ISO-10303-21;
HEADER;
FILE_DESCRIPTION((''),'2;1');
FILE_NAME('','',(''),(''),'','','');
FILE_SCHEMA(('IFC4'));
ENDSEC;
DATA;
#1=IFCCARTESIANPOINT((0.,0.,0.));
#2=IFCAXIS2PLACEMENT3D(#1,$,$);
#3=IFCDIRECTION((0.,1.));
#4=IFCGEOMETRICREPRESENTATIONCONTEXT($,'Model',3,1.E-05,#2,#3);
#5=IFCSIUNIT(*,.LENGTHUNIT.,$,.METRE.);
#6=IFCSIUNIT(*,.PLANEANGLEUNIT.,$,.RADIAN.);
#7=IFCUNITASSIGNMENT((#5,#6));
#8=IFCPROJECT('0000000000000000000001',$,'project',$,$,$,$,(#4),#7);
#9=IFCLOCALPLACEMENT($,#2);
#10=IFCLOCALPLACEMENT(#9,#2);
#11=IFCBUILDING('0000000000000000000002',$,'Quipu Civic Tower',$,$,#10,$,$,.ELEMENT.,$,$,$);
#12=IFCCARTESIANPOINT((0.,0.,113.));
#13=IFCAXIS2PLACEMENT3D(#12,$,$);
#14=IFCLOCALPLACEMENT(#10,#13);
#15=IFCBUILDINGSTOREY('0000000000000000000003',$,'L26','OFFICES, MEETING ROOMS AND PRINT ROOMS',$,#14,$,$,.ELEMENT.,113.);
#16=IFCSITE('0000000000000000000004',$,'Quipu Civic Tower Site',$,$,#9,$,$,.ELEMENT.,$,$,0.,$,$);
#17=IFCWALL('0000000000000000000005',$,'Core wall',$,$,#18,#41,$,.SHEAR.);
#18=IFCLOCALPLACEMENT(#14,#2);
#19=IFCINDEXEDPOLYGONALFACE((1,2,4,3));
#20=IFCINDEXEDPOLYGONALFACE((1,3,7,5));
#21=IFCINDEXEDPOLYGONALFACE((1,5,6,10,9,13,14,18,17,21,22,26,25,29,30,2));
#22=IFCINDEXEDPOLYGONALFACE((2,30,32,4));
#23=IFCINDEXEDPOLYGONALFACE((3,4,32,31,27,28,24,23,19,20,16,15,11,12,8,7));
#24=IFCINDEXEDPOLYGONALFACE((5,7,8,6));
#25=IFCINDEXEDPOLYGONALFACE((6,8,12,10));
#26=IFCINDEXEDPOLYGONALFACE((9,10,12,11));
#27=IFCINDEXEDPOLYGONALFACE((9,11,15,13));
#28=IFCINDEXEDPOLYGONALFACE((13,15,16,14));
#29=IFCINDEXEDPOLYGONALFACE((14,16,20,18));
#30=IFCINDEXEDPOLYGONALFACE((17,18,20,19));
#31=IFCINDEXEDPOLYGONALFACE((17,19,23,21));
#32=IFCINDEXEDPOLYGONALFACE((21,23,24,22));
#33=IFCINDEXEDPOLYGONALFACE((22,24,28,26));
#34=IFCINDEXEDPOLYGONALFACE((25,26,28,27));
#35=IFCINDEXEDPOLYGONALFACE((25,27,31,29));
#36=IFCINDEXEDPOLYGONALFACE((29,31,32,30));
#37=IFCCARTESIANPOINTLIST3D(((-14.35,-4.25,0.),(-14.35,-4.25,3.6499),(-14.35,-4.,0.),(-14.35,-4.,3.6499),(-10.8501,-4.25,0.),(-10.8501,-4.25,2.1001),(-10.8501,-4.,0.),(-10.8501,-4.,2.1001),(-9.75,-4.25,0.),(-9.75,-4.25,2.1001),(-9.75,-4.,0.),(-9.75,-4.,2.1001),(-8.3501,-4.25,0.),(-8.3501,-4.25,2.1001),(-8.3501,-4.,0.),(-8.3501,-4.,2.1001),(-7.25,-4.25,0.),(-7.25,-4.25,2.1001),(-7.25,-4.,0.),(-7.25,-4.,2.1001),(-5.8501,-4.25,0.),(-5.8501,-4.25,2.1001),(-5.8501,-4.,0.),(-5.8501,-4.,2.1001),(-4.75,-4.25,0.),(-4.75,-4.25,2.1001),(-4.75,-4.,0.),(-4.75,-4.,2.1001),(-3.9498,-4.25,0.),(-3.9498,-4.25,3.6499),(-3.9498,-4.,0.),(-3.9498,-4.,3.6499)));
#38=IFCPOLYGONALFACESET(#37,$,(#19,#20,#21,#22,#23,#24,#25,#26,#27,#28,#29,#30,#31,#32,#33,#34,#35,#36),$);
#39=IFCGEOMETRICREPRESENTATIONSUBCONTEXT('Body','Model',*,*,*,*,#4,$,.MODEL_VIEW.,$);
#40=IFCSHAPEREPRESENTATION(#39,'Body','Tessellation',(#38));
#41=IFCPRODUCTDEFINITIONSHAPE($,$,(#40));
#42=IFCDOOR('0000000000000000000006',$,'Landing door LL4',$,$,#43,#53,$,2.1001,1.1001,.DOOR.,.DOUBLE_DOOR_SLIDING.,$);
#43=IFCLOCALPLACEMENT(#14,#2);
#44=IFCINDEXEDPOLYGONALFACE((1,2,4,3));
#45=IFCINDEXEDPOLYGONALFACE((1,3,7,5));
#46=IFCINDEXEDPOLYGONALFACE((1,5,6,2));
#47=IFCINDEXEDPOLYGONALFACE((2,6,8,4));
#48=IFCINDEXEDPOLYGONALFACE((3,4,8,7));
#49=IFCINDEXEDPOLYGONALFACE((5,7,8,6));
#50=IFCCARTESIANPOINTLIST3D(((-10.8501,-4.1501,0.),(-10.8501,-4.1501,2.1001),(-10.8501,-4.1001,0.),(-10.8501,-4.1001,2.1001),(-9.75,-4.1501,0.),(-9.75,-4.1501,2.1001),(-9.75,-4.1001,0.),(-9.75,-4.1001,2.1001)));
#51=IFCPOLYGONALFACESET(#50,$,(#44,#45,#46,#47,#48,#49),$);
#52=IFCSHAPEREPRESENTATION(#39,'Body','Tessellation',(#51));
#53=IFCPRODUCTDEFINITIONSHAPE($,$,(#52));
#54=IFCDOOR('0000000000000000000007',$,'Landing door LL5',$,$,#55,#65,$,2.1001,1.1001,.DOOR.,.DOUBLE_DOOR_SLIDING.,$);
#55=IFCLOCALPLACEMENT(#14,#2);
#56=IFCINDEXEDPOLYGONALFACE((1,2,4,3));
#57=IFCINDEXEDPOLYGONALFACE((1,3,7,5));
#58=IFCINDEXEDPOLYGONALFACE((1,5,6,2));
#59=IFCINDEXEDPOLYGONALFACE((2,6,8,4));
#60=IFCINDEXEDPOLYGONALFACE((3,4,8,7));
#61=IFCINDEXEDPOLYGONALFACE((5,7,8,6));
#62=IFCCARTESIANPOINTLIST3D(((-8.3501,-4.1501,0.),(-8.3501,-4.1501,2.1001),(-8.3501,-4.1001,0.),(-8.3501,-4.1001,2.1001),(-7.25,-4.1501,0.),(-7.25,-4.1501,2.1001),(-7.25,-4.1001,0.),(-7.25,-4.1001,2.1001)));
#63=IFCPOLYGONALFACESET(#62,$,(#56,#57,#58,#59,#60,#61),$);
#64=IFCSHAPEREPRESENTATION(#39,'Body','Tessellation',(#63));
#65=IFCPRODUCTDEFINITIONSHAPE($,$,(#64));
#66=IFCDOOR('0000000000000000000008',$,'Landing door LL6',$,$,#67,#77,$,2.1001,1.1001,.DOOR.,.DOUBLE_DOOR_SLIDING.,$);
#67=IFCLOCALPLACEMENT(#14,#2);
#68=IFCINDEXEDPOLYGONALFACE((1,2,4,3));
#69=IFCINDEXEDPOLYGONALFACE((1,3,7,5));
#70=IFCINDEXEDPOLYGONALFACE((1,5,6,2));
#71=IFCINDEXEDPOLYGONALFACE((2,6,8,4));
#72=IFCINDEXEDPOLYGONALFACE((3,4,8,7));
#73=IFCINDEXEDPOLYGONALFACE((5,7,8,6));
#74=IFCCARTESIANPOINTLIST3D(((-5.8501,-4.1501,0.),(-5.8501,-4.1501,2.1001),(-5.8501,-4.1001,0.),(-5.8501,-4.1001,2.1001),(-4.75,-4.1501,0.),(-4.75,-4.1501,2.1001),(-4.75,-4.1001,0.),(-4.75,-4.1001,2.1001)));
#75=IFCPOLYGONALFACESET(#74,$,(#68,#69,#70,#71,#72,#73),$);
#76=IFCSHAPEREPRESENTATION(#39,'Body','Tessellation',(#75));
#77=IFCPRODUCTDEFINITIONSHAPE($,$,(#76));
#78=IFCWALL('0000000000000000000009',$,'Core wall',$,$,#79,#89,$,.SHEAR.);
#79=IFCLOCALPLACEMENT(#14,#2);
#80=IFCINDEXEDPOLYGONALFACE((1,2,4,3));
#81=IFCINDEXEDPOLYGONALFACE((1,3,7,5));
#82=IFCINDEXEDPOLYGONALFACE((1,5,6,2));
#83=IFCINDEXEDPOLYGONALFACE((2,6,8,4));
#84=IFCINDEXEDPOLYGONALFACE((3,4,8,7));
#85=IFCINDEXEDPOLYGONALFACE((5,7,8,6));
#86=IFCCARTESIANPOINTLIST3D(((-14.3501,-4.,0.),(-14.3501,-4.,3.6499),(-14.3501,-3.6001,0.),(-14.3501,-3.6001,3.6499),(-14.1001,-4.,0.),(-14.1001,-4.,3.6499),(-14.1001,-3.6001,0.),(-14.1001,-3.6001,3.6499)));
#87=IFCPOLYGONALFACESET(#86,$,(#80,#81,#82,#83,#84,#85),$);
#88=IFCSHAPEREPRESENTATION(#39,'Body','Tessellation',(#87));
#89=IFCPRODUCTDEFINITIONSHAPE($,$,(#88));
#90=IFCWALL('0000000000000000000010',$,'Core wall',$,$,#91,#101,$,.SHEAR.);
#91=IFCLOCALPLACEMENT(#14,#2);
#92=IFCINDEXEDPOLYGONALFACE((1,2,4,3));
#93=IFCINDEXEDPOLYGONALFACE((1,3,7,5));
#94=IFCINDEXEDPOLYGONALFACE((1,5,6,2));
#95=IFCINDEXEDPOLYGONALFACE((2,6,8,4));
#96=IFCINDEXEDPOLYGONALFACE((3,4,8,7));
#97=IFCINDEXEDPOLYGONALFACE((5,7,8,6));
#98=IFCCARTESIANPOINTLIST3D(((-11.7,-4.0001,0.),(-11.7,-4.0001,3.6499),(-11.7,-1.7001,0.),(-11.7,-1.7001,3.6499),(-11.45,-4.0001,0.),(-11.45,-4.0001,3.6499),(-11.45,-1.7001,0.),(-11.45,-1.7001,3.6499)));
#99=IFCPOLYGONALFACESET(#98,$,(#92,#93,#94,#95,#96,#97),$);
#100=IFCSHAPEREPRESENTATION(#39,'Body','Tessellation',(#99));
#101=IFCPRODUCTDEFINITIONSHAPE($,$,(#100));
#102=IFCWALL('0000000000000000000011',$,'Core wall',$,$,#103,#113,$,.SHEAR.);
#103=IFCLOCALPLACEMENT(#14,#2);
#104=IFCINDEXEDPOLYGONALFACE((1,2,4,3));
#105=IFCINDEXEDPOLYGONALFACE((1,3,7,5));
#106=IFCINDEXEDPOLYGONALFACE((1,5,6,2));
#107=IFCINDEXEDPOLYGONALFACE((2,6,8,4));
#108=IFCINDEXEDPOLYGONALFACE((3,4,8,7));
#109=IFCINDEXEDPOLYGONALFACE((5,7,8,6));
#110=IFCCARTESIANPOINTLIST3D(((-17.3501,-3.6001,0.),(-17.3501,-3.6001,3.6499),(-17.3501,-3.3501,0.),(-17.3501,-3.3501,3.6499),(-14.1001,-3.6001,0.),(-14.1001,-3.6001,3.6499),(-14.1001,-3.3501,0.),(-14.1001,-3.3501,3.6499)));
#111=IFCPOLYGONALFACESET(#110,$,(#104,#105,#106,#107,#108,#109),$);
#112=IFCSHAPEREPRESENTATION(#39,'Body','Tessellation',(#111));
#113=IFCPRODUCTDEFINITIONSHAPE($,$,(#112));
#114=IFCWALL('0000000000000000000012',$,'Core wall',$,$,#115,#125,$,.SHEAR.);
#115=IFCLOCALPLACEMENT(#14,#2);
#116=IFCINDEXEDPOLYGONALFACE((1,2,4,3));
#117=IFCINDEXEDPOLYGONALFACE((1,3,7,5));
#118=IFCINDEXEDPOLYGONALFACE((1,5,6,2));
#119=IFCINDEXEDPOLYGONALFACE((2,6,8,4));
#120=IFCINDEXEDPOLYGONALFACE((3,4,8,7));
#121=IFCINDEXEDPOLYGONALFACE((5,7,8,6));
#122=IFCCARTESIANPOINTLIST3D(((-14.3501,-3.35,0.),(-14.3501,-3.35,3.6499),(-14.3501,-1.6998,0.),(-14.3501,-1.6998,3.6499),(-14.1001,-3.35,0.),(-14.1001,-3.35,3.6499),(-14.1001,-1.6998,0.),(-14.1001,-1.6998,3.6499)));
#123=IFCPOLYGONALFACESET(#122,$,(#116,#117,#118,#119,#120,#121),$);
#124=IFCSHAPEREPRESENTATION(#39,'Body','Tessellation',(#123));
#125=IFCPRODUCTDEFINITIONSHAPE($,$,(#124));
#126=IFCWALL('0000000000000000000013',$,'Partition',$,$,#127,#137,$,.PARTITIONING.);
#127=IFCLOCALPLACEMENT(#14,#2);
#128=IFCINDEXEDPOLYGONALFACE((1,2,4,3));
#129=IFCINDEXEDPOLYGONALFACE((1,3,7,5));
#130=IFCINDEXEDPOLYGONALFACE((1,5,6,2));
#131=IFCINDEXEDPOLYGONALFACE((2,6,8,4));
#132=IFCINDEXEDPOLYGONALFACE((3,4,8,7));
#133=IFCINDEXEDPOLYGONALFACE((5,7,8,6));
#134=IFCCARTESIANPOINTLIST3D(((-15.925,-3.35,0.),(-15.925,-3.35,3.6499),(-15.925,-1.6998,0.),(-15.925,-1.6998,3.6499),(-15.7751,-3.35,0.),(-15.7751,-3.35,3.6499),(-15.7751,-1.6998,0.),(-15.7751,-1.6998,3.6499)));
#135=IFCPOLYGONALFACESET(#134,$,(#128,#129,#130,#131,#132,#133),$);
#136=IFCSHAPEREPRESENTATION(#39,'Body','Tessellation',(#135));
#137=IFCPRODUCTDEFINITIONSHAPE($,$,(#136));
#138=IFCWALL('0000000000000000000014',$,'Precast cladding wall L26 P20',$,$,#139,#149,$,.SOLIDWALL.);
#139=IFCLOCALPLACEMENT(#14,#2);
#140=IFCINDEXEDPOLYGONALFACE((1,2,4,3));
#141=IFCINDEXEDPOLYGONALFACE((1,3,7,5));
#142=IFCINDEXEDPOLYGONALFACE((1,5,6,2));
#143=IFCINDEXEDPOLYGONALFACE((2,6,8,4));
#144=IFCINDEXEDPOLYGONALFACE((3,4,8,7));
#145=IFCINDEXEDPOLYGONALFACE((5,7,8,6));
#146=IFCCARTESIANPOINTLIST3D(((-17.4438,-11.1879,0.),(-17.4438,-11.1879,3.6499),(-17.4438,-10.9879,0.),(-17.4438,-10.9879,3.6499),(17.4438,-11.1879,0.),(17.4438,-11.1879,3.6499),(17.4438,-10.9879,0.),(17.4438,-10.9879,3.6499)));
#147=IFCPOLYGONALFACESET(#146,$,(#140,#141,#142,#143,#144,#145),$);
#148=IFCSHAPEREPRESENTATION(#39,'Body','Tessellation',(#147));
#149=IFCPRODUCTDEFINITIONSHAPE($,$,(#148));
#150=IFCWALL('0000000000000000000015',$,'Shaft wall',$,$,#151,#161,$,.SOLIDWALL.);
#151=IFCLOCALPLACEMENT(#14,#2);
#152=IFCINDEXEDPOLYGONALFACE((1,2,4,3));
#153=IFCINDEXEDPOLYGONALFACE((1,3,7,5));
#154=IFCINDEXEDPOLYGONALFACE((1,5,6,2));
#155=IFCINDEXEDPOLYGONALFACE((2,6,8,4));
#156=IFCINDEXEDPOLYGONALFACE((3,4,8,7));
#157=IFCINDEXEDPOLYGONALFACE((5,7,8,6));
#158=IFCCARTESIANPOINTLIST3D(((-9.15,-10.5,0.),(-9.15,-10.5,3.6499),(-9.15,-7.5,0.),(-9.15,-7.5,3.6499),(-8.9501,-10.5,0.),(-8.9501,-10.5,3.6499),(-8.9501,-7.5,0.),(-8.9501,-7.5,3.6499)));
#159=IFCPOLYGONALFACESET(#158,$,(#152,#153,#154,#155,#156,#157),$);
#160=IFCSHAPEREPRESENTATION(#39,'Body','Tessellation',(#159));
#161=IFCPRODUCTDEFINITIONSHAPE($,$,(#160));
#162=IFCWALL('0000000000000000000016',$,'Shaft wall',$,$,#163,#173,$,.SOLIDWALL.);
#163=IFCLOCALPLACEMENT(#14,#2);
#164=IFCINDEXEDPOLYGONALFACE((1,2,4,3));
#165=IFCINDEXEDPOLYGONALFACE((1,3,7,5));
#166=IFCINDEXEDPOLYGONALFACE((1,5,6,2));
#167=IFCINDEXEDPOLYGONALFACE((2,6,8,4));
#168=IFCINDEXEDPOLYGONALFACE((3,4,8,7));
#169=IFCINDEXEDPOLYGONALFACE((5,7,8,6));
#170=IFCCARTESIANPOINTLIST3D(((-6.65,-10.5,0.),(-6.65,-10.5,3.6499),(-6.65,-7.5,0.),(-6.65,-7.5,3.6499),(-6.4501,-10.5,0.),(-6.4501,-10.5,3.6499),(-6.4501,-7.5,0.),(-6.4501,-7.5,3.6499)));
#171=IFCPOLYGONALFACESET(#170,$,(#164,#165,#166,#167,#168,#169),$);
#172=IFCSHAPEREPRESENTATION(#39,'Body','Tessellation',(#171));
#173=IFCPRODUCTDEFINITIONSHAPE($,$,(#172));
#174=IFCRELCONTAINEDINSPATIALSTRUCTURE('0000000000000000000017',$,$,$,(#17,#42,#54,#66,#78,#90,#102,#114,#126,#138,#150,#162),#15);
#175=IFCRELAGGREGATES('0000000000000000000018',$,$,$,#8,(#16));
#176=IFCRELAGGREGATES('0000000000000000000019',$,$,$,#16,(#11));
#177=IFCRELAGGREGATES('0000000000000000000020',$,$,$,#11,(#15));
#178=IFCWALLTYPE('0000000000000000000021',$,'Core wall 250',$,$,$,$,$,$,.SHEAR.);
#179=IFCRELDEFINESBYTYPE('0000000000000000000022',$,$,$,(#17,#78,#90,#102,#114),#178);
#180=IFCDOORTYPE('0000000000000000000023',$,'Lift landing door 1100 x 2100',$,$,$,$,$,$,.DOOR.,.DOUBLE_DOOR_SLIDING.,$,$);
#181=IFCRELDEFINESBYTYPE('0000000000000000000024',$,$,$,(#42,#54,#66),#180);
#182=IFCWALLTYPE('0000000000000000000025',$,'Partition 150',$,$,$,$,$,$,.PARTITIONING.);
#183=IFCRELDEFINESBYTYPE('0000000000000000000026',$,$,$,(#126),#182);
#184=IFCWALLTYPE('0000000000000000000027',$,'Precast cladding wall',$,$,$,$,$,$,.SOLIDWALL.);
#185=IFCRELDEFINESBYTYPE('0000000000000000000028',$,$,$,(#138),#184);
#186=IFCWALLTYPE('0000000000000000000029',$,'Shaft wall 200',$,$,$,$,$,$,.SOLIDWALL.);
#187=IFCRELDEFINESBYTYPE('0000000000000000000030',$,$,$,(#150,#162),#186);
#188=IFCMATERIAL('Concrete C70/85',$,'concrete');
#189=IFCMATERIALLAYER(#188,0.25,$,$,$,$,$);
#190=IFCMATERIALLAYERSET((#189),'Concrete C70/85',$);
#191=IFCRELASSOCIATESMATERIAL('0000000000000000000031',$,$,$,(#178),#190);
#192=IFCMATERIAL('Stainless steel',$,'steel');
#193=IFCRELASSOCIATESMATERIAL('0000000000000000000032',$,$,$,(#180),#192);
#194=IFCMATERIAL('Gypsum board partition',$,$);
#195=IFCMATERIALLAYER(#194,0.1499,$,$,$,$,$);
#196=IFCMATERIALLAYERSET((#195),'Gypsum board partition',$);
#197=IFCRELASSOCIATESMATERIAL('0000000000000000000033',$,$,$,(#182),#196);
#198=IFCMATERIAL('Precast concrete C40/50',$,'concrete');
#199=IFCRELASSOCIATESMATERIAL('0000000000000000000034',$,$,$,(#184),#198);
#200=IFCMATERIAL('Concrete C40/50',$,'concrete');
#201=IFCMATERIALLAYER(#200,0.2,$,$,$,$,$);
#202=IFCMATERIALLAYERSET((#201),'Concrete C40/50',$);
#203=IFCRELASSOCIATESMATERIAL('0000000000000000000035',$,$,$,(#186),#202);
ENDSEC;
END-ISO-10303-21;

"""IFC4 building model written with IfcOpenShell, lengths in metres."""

from ifc_helpers import new_model, si_unit, direction, frame, frame_2d, origin, place, context, subcontext, project, spatial, rectangle, extrude, material, layer, layer_set, type_object, element, fill, save


model = new_model("IFC4")

# Units and contexts
model_context = context("Model", 3, precision=1e-05, world=origin(), true_north=direction((0.0, 1.0)))
body_context = subcontext(model_context, "Body", "Model", "MODEL_VIEW")
ifc_project = project(units=[si_unit("LENGTHUNIT", "METRE"), si_unit("PLANEANGLEUNIT", "RADIAN")], contexts=[model_context])

# Site, building, storey
site_placement = place(None, origin())
site = spatial("IfcSite", under=ifc_project, at=site_placement, Name="Quipu Civic Tower Site", CompositionType="ELEMENT", RefElevation=0.0)
building_placement = place(site_placement, origin())
building = spatial("IfcBuilding", under=site, at=building_placement, Name="Quipu Civic Tower", CompositionType="ELEMENT")
storey_placement = place(building_placement, frame((0.0, 0.0, 113.0)))
storey = spatial("IfcBuildingStorey", under=building, at=storey_placement, Name="L26", Description="OFFICES, MEETING ROOMS AND PRINT ROOMS", CompositionType="ELEMENT", Elevation=113.0)

# Shared definitions
ifc_material_1 = material(Name="Concrete C70/85", Category="concrete")
ifc_layer_1 = layer(ifc_material_1, 0.25)
ifc_layer_set_1 = layer_set([ifc_layer_1], Name="Concrete C70/85")
wall_type_1 = type_object("IfcWallType", Name="Core wall 250", PredefinedType="SHEAR", material=ifc_layer_set_1)

# Wall, openings, doors
wall_1_placement = place(storey_placement, frame((-14.3501, -4.125, 0.0), z_axis=(0.0, 0.0, 1.0), x_axis=(1.0, 0.0, 0.0)))
wall_1 = element("IfcWall", 1, at=wall_1_placement, inside=storey, type_object=wall_type_1, Name="Core wall", PredefinedType="SHEAR", context=body_context, shape_type="SweptSolid", body=[
    extrude(rectangle(XDim=10.4001, YDim=0.25, at=frame_2d((5.2002, 0.0))), origin(), (0.0, 0.0, 1.0), 3.6499),
])
opening_1_placement = place(wall_1_placement, frame((3.5, 0.0, 0.0)))
opening_1 = element("IfcOpeningElement", 2, at=opening_1_placement, cuts=wall_1, PredefinedType="OPENING", context=body_context, shape_type="SweptSolid", body=[
    extrude(rectangle(XDim=1.1001, YDim=2.1001, at=frame_2d((0.55, 1.05))), frame((0.0, 0.135, 0.0), z_axis=(0.0, -1.0, 0.0), x_axis=(1.0, 0.0, 0.0)), (0.0, 0.0, 1.0), 0.27),
])
opening_2_placement = place(wall_1_placement, frame((6.0, 0.0, 0.0)))
opening_2 = element("IfcOpeningElement", 3, at=opening_2_placement, cuts=wall_1, PredefinedType="OPENING", context=body_context, shape_type="SweptSolid", body=[
    extrude(rectangle(XDim=1.1001, YDim=2.1001, at=frame_2d((0.55, 1.05))), frame((0.0, 0.135, 0.0), z_axis=(0.0, -1.0, 0.0), x_axis=(1.0, 0.0, 0.0)), (0.0, 0.0, 1.0), 0.27),
])
opening_3_placement = place(wall_1_placement, frame((8.5, 0.0, 0.0)))
opening_3 = element("IfcOpeningElement", 4, at=opening_3_placement, cuts=wall_1, PredefinedType="OPENING", context=body_context, shape_type="SweptSolid", body=[
    extrude(rectangle(XDim=1.1001, YDim=2.1001, at=frame_2d((0.55, 1.05))), frame((0.0, 0.135, 0.0), z_axis=(0.0, -1.0, 0.0), x_axis=(1.0, 0.0, 0.0)), (0.0, 0.0, 1.0), 0.27),
])
ifc_material_2 = material(Name="Stainless steel", Category="steel")
door_type_1 = type_object("IfcDoorType", Name="Lift landing door 1100 x 2100", OperationType="DOUBLE_DOOR_SLIDING", PredefinedType="DOOR", material=ifc_material_2)
door_1_placement = place(opening_1_placement, origin())
door_1 = element("IfcDoor", 5, at=door_1_placement, inside=storey, type_object=door_type_1, Name="Landing door LL4", OperationType="DOUBLE_DOOR_SLIDING", OverallHeight=2.1001, OverallWidth=1.1001, PredefinedType="DOOR", context=body_context, shape_type="SweptSolid", body=[
    extrude(rectangle(XDim=1.1001, YDim=2.1001, at=frame_2d((0.55, 1.05))), frame((0.0, 0.0249, 0.0), z_axis=(0.0, -1.0, 0.0), x_axis=(1.0, 0.0, 0.0)), (0.0, 0.0, 1.0), 0.05),
])
fill(opening_1, door_1)
door_2_placement = place(opening_2_placement, origin())
door_2 = element("IfcDoor", 6, at=door_2_placement, inside=storey, type_object=door_type_1, Name="Landing door LL5", OperationType="DOUBLE_DOOR_SLIDING", OverallHeight=2.1001, OverallWidth=1.1001, PredefinedType="DOOR", context=body_context, shape_type="SweptSolid", body=[
    extrude(rectangle(XDim=1.1001, YDim=2.1001, at=frame_2d((0.55, 1.05))), frame((0.0, 0.0249, 0.0), z_axis=(0.0, -1.0, 0.0), x_axis=(1.0, 0.0, 0.0)), (0.0, 0.0, 1.0), 0.05),
])
fill(opening_2, door_2)
door_3_placement = place(opening_3_placement, origin())
door_3 = element("IfcDoor", 7, at=door_3_placement, inside=storey, type_object=door_type_1, Name="Landing door LL6", OperationType="DOUBLE_DOOR_SLIDING", OverallHeight=2.1001, OverallWidth=1.1001, PredefinedType="DOOR", context=body_context, shape_type="SweptSolid", body=[
    extrude(rectangle(XDim=1.1001, YDim=2.1001, at=frame_2d((0.55, 1.05))), frame((0.0, 0.0249, 0.0), z_axis=(0.0, -1.0, 0.0), x_axis=(1.0, 0.0, 0.0)), (0.0, 0.0, 1.0), 0.05),
])
fill(opening_3, door_3)

# Walls
wall_2_placement = place(storey_placement, frame((-14.2251, -4.0, 0.0), z_axis=(0.0, 0.0, 1.0), x_axis=(0.0, 1.0, 0.0)))
element("IfcWall", 8, at=wall_2_placement, inside=storey, type_object=wall_type_1, Name="Core wall", PredefinedType="SHEAR", context=body_context, shape_type="SweptSolid", body=[
    extrude(rectangle(XDim=0.3999, YDim=0.25, at=frame_2d((0.2, 0.0))), origin(), (0.0, 0.0, 1.0), 3.6499),
])
wall_3_placement = place(storey_placement, frame((-11.575, -4.0, 0.0), z_axis=(0.0, 0.0, 1.0), x_axis=(0.0, 1.0, 0.0)))
element("IfcWall", 9, at=wall_3_placement, inside=storey, type_object=wall_type_1, Name="Core wall", PredefinedType="SHEAR", context=body_context, shape_type="SweptSolid", body=[
    extrude(rectangle(XDim=2.3, YDim=0.25, at=frame_2d((1.1499, 0.0))), origin(), (0.0, 0.0, 1.0), 3.6499),
])
wall_4_placement = place(storey_placement, frame((-17.3501, -3.4751, 0.0), z_axis=(0.0, 0.0, 1.0), x_axis=(1.0, 0.0, 0.0)))
element("IfcWall", 10, at=wall_4_placement, inside=storey, type_object=wall_type_1, Name="Core wall", PredefinedType="SHEAR", context=body_context, shape_type="SweptSolid", body=[
    extrude(rectangle(XDim=3.25, YDim=0.25, at=frame_2d((1.625, 0.0))), origin(), (0.0, 0.0, 1.0), 3.6499),
])
wall_5_placement = place(storey_placement, frame((-14.2251, -3.3501, 0.0), z_axis=(0.0, 0.0, 1.0), x_axis=(0.0, 1.0, 0.0)))
element("IfcWall", 11, at=wall_5_placement, inside=storey, type_object=wall_type_1, Name="Core wall", PredefinedType="SHEAR", context=body_context, shape_type="SweptSolid", body=[
    extrude(rectangle(XDim=1.6501, YDim=0.25, at=frame_2d((0.8252, 0.0))), origin(), (0.0, 0.0, 1.0), 3.6499),
])
ifc_material_3 = material(Name="Gypsum board partition")
ifc_layer_2 = layer(ifc_material_3, 0.1499)
ifc_layer_set_2 = layer_set([ifc_layer_2], Name="Gypsum board partition")
wall_type_2 = type_object("IfcWallType", Name="Partition 150", PredefinedType="PARTITIONING", material=ifc_layer_set_2)
wall_6_placement = place(storey_placement, frame((-15.8501, -3.3501, 0.0), z_axis=(0.0, 0.0, 1.0), x_axis=(0.0, 1.0, 0.0)))
element("IfcWall", 12, at=wall_6_placement, inside=storey, type_object=wall_type_2, Name="Partition", PredefinedType="PARTITIONING", context=body_context, shape_type="SweptSolid", body=[
    extrude(rectangle(XDim=1.6501, YDim=0.1499, at=frame_2d((0.8252, 0.0))), origin(), (0.0, 0.0, 1.0), 3.6499),
])
ifc_material_4 = material(Name="Precast concrete C40/50", Category="concrete")
wall_type_3 = type_object("IfcWallType", Name="Precast cladding wall", PredefinedType="SOLIDWALL", material=ifc_material_4)
wall_7_placement = place(storey_placement, frame((-17.4438, -11.0879, 0.0), z_axis=(0.0, 0.0, 1.0), x_axis=(1.0, 0.0, 0.0)))
element("IfcWall", 13, at=wall_7_placement, inside=storey, type_object=wall_type_3, Name="Precast cladding wall L26 P20", PredefinedType="SOLIDWALL", context=body_context, shape_type="SweptSolid", body=[
    extrude(rectangle(XDim=34.8877, YDim=0.2, at=frame_2d((17.4438, 0.0))), origin(), (0.0, 0.0, 1.0), 3.6499),
])
ifc_material_5 = material(Name="Concrete C40/50", Category="concrete")
ifc_layer_3 = layer(ifc_material_5, 0.2)
ifc_layer_set_3 = layer_set([ifc_layer_3], Name="Concrete C40/50")
wall_type_4 = type_object("IfcWallType", Name="Shaft wall 200", PredefinedType="SOLIDWALL", material=ifc_layer_set_3)
for number, where, z_axis, x_axis, name in (
    (14, (-9.05, -10.5, 0.0), (0.0, 0.0, 1.0), (0.0, 1.0, 0.0), "Shaft wall"),
    (15, (-6.55, -10.5, 0.0), (0.0, 0.0, 1.0), (0.0, 1.0, 0.0), "Shaft wall"),
):
    element("IfcWall", number, at=place(storey_placement, frame(where, z_axis=z_axis, x_axis=x_axis)), inside=storey, type_object=wall_type_4, Name=name, PredefinedType="SOLIDWALL", context=body_context, shape_type="SweptSolid", body=[
        extrude(rectangle(XDim=3.0, YDim=0.2, at=frame_2d((1.5, 0.0))), origin(), (0.0, 0.0, 1.0), 3.6499),
    ])

save(model, "model.ifc")
